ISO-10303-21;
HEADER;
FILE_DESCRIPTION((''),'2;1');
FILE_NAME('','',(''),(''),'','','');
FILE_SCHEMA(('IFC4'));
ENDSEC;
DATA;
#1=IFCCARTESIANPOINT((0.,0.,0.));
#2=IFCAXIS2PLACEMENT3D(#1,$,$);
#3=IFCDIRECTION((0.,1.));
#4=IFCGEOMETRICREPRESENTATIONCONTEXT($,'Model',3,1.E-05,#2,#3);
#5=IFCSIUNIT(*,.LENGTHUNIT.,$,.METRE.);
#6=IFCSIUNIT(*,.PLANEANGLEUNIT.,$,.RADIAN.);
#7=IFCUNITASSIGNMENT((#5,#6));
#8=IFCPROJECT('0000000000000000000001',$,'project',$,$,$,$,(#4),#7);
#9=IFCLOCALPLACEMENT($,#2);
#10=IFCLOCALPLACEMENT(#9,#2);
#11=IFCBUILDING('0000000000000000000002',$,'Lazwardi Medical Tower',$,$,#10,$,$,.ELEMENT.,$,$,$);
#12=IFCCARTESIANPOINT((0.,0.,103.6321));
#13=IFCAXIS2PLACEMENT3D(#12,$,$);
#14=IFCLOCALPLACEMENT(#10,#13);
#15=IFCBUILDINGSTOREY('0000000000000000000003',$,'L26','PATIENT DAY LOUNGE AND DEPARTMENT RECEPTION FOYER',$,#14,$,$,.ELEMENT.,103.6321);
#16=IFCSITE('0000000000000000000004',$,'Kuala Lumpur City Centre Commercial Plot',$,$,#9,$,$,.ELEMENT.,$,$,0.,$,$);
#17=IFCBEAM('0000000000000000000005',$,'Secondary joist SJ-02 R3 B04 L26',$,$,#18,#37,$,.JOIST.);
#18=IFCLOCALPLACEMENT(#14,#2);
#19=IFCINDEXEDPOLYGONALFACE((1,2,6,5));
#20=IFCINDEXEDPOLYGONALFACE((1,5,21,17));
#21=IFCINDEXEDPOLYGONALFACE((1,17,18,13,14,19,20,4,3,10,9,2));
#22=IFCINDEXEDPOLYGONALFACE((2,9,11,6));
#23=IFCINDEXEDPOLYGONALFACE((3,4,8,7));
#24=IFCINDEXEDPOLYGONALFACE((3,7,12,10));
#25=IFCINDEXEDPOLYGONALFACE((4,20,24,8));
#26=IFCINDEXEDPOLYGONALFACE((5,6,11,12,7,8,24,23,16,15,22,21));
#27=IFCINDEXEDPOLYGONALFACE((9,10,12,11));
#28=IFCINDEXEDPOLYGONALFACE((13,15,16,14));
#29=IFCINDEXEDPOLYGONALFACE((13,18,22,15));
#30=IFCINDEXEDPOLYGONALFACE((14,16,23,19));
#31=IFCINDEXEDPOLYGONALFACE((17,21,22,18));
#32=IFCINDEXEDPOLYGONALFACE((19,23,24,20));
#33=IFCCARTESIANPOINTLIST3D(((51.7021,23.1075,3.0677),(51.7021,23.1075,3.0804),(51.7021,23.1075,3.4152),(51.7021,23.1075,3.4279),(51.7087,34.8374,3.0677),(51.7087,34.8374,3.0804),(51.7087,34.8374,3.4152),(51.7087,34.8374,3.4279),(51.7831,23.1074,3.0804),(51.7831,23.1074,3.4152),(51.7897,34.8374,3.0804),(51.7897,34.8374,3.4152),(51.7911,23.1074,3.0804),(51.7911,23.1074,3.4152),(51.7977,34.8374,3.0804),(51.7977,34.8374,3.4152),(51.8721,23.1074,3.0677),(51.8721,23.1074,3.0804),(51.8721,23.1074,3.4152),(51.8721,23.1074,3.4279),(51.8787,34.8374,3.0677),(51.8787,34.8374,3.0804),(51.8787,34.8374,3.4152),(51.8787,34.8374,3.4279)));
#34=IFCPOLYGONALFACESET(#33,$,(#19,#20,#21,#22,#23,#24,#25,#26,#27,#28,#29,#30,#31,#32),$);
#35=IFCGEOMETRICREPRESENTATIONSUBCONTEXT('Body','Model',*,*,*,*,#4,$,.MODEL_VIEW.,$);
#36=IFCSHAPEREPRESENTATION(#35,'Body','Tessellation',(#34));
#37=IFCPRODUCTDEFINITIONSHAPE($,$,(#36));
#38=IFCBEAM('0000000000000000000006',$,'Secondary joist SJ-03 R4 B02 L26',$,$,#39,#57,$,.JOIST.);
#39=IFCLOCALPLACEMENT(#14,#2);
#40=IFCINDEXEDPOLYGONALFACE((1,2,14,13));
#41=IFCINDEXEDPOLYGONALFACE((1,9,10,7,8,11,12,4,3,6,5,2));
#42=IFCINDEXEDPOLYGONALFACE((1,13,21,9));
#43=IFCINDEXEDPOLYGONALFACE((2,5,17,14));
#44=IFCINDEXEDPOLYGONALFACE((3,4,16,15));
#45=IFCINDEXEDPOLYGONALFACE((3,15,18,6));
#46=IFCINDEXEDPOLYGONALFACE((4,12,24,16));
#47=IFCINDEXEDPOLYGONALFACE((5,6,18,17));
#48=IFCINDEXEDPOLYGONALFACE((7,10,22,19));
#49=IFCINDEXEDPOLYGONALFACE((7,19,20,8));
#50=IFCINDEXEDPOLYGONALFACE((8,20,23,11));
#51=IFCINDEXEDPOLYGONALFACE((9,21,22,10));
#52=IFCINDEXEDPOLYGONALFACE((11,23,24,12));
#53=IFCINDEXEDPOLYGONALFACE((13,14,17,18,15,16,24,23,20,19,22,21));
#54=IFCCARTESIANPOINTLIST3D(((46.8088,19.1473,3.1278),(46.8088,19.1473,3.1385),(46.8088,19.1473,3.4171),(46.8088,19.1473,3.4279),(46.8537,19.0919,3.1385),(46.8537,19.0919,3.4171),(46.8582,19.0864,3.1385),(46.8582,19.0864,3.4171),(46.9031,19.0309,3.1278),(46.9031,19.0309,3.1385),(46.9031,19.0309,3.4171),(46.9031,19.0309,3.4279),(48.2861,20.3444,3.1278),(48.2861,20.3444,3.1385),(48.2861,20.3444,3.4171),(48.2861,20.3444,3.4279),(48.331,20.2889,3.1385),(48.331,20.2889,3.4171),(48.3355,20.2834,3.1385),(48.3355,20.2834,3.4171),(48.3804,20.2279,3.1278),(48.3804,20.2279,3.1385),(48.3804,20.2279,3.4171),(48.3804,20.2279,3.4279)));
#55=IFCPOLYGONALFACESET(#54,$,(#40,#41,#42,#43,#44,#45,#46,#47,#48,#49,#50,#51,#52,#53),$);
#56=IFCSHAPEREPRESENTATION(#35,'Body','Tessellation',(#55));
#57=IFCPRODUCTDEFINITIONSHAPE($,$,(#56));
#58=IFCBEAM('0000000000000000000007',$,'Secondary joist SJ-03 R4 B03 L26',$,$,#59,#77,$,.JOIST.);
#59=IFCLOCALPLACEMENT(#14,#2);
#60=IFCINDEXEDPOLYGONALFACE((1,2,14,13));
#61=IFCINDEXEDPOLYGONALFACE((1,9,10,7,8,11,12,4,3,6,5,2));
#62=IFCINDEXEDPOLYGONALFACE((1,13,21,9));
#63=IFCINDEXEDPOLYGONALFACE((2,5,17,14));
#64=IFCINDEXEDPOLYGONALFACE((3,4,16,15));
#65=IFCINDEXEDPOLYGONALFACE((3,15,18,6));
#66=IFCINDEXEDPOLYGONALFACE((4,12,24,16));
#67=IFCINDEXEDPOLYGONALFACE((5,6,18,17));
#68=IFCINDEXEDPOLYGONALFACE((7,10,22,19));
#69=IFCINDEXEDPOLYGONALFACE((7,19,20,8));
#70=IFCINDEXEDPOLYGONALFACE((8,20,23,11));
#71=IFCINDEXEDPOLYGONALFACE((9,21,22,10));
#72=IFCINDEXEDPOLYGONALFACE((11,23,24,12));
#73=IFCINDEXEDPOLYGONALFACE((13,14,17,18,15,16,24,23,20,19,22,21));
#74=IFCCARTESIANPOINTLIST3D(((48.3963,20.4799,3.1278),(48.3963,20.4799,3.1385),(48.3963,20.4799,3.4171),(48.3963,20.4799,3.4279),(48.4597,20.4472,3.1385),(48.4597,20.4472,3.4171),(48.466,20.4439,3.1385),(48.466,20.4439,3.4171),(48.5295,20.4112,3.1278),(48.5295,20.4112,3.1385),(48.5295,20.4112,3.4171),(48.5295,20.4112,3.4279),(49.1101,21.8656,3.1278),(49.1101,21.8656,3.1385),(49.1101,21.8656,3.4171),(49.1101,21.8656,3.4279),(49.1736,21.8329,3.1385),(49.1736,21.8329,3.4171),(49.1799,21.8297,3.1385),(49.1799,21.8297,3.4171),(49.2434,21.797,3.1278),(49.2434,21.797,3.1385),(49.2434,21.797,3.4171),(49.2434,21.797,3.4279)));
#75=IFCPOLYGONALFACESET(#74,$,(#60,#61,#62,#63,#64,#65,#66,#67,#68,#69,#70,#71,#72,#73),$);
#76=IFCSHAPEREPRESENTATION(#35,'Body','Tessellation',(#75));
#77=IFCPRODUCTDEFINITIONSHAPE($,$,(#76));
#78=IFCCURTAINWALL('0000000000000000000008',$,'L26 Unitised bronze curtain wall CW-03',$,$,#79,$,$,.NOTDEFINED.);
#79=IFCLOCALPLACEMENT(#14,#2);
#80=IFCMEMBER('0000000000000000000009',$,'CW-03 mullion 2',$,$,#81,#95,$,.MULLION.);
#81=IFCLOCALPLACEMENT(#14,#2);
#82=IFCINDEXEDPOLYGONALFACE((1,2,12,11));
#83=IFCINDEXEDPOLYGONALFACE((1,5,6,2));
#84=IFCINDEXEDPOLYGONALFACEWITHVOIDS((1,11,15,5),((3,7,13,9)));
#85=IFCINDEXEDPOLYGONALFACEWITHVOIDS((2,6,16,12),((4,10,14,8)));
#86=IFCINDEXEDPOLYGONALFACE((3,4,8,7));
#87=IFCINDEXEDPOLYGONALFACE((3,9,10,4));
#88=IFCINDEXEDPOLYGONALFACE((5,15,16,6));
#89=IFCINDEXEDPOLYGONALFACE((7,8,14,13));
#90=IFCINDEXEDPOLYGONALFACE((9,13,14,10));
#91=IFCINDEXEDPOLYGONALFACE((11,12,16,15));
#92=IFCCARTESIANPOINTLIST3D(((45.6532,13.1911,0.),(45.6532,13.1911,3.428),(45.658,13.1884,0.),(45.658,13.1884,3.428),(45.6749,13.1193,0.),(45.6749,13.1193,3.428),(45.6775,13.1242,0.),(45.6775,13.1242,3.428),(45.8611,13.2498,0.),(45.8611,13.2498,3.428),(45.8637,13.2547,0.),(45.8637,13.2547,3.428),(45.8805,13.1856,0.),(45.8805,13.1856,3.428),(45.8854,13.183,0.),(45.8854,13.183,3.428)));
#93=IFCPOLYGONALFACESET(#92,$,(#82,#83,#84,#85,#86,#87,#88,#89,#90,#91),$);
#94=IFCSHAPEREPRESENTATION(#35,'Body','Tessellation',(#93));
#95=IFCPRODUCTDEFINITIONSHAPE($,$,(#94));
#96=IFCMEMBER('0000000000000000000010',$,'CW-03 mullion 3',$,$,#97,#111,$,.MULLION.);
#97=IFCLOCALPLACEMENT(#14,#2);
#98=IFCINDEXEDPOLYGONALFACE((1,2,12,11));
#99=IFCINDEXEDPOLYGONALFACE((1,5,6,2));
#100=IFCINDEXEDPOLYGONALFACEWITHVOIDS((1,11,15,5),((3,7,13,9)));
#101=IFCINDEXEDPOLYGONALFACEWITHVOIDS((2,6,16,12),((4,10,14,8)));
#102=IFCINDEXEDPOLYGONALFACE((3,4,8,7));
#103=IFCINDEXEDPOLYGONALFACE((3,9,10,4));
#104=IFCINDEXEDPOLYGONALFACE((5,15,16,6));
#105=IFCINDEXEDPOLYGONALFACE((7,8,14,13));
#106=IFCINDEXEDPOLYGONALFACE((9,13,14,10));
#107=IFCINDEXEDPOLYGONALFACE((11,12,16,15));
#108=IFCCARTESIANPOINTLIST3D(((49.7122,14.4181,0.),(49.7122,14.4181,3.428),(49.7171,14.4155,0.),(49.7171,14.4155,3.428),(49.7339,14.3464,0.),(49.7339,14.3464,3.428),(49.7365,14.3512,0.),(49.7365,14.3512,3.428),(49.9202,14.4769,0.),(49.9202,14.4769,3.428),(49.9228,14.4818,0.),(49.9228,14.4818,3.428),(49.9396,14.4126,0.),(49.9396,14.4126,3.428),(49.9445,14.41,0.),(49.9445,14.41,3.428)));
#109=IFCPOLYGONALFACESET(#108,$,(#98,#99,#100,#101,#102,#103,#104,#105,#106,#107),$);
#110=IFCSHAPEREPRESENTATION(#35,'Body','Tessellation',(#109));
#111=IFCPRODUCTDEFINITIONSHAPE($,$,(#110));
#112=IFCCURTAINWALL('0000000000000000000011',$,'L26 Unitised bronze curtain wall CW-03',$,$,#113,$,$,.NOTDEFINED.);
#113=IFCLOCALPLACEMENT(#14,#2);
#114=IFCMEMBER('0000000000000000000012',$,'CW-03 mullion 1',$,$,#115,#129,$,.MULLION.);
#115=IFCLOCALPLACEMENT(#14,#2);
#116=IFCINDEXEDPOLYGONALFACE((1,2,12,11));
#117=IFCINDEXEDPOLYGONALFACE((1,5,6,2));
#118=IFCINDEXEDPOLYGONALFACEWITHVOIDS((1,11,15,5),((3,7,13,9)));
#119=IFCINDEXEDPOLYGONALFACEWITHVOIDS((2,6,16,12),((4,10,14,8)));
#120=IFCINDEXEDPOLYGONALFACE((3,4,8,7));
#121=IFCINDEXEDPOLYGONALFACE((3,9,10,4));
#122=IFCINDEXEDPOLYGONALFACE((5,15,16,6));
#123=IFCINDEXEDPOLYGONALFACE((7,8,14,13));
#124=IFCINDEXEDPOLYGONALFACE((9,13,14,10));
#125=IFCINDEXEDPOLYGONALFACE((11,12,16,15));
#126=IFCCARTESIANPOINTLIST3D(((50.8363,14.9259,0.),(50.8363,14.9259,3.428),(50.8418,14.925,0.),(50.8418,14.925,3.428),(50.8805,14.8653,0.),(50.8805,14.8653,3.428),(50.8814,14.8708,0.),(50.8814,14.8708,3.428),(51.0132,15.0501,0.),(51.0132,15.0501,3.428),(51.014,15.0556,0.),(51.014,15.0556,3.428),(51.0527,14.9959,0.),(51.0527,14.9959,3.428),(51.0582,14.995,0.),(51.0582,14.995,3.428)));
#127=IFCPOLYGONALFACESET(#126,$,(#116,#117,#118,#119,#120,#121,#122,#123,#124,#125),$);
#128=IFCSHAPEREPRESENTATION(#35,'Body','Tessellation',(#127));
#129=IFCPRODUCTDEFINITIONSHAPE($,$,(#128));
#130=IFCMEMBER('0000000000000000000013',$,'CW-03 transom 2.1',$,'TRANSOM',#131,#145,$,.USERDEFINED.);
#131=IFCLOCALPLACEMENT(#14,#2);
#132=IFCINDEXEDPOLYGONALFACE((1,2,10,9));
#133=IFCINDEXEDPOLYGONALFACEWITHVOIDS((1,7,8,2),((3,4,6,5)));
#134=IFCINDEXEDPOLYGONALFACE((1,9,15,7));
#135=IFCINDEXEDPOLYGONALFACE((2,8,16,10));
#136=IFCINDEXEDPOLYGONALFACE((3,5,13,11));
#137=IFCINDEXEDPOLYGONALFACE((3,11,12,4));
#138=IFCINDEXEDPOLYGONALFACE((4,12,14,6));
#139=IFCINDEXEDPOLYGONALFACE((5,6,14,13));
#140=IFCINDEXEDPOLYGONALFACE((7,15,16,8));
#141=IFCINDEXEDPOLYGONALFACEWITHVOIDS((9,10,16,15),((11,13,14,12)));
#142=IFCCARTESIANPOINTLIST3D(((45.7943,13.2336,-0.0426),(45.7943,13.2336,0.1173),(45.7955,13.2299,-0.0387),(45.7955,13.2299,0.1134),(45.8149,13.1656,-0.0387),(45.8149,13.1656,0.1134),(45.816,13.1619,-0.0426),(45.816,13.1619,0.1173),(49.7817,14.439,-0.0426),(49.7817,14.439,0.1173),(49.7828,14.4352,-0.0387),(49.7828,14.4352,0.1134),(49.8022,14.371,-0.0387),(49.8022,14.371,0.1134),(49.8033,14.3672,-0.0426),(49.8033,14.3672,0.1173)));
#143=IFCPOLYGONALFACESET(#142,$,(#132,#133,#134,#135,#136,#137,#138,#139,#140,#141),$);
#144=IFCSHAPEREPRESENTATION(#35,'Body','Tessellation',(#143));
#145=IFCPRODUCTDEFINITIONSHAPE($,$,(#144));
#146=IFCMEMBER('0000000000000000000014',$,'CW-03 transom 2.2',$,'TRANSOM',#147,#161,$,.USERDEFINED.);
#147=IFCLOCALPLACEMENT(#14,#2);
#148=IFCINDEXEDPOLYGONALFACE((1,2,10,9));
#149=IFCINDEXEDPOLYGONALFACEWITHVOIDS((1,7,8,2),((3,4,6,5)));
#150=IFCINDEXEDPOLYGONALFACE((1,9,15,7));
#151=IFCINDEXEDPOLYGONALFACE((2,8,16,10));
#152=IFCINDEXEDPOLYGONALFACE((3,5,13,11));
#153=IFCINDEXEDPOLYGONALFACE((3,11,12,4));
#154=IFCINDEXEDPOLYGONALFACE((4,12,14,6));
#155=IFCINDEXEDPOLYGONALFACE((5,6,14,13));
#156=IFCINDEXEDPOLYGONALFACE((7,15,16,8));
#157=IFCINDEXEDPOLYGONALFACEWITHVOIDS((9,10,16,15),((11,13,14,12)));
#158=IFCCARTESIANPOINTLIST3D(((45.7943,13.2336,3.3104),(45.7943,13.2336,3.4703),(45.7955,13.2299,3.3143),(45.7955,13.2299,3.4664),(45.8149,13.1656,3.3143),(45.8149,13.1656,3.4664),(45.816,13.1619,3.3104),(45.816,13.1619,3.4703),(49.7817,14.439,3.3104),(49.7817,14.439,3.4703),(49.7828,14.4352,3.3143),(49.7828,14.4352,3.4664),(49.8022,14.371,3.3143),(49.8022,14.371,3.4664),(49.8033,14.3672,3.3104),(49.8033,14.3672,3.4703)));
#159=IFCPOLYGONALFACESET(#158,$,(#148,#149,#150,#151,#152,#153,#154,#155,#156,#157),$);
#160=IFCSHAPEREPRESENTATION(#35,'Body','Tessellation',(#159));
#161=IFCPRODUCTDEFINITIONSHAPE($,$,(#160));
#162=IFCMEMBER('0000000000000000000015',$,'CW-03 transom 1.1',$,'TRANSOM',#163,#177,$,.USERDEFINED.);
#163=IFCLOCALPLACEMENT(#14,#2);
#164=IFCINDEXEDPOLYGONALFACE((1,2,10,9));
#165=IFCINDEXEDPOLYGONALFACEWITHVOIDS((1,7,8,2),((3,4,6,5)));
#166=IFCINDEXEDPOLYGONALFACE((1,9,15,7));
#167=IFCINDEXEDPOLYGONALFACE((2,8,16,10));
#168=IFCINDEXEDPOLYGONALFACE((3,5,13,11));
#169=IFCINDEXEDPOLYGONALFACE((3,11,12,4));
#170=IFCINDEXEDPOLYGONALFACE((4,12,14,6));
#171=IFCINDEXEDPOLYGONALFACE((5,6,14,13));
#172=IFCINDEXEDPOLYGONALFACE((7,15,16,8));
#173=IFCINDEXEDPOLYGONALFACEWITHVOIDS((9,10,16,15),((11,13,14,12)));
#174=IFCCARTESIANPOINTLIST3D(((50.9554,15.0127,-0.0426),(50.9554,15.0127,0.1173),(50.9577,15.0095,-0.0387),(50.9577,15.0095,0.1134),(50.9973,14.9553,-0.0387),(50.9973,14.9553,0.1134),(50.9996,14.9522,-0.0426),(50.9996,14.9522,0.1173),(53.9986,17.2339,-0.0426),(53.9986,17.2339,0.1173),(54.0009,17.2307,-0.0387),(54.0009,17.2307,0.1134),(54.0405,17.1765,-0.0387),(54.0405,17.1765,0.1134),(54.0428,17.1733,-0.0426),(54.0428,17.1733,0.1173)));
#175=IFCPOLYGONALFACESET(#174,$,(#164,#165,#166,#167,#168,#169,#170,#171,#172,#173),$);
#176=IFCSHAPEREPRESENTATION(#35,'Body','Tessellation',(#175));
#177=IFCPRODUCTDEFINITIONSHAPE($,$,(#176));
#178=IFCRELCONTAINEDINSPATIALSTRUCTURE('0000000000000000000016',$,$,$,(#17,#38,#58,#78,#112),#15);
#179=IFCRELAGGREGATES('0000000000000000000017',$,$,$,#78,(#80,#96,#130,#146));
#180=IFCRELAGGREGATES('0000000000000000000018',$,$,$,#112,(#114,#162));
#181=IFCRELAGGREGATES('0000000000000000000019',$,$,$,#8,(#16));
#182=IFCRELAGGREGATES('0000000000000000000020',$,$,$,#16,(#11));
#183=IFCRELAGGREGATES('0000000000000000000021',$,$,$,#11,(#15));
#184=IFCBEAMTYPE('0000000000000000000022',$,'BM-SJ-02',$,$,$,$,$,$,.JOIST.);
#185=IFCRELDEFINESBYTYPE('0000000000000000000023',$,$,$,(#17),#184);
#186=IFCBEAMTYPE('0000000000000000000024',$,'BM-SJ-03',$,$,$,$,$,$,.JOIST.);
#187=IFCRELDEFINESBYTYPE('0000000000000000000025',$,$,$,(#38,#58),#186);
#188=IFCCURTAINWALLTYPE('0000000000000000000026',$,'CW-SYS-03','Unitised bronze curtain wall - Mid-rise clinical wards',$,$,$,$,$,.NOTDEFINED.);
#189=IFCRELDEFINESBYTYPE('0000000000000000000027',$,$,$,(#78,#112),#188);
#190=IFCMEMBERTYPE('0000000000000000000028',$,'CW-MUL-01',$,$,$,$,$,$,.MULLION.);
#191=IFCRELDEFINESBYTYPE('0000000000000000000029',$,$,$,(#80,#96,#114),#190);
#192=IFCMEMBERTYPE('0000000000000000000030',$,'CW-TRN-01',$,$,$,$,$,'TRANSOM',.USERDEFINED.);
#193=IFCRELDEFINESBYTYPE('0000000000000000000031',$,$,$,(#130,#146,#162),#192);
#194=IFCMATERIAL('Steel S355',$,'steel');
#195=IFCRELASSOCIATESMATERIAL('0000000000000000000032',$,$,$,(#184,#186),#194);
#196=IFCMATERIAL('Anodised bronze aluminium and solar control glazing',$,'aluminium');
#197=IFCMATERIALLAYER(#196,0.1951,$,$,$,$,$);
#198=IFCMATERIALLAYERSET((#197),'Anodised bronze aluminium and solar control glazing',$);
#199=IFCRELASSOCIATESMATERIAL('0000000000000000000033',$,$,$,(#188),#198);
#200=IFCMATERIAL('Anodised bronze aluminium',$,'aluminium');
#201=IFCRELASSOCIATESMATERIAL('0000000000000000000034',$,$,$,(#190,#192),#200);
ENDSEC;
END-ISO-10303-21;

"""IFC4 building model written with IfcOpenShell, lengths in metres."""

from ifc_helpers import new_model, si_unit, direction, frame, origin, origin_2d, place, context, subcontext, project, spatial, hollow_rectangle, i_section, extrude, material, layer, layer_set, material_profile, profile_set, type_object, element, aggregate, save


model = new_model("IFC4")

# Units and contexts
model_context = context("Model", 3, precision=1e-05, world=origin(), true_north=direction((0.0, 1.0)))
body_context = subcontext(model_context, "Body", "Model", "MODEL_VIEW")
ifc_project = project(units=[si_unit("LENGTHUNIT", "METRE"), si_unit("PLANEANGLEUNIT", "RADIAN")], contexts=[model_context])

# Site, building, storey
site_placement = place(None, origin())
site = spatial("IfcSite", under=ifc_project, at=site_placement, Name="Kuala Lumpur City Centre Commercial Plot", CompositionType="ELEMENT", RefElevation=0.0)
building_placement = place(site_placement, origin())
building = spatial("IfcBuilding", under=site, at=building_placement, Name="Lazwardi Medical Tower", CompositionType="ELEMENT")
storey_placement = place(building_placement, frame((0.0, 0.0, 103.6321)))
storey = spatial("IfcBuildingStorey", under=building, at=storey_placement, Name="L26", Description="PATIENT DAY LOUNGE AND DEPARTMENT RECEPTION FOYER", CompositionType="ELEMENT", Elevation=103.6321)

# Beams
ifc_material_1 = material(Name="Steel S355", Category="steel")
ifc_material_profile_1 = material_profile(ifc_material_1, i_section(OverallWidth=0.1699, OverallDepth=0.3601, WebThickness=0.0081, FlangeThickness=0.0127, at=origin_2d()), Name="IPE 360")
ifc_profile_set_1 = profile_set([ifc_material_profile_1], Name="Steel S355")
beam_type_1 = type_object("IfcBeamType", Name="BM-SJ-02", PredefinedType="JOIST", material=ifc_profile_set_1)
beam_1_placement = place(storey_placement, frame((51.7871, 23.1074, 3.2478), z_axis=(0.000562, 1.0, 0.0), x_axis=(-1.0, 0.000562, 0.0)))
element("IfcBeam", 1, at=beam_1_placement, inside=storey, type_object=beam_type_1, Name="Secondary joist SJ-02 R3 B04 L26", PredefinedType="JOIST", context=body_context, shape_type="SweptSolid", body=[
    extrude(i_section(OverallWidth=0.1699, OverallDepth=0.3601, WebThickness=0.0081, FlangeThickness=0.0127, at=origin_2d()), origin(), (0.0, 0.0, 1.0), 11.73),
])
ifc_material_profile_2 = material_profile(ifc_material_1, i_section(OverallWidth=0.1499, OverallDepth=0.3, WebThickness=0.0071, FlangeThickness=0.0107, at=origin_2d()), Name="IPE 300")
ifc_profile_set_2 = profile_set([ifc_material_profile_2], Name="Steel S355")
beam_type_2 = type_object("IfcBeamType", Name="BM-SJ-03", PredefinedType="JOIST", material=ifc_profile_set_2)
beam_2_placement = place(storey_placement, frame((46.856, 19.0891, 3.2778), z_axis=(0.776958, 0.629553, 0.0), x_axis=(-0.629553, 0.776958, 0.0)))
element("IfcBeam", 2, at=beam_2_placement, inside=storey, type_object=beam_type_2, Name="Secondary joist SJ-03 R4 B02 L26", PredefinedType="JOIST", context=body_context, shape_type="SweptSolid", body=[
    extrude(i_section(OverallWidth=0.1499, OverallDepth=0.3, WebThickness=0.0071, FlangeThickness=0.0107, at=origin_2d()), origin(), (0.0, 0.0, 1.0), 1.9014),
])
beam_3_placement = place(storey_placement, frame((48.4629, 20.4456, 3.2778), z_axis=(0.457957, 0.888975, 0.0), x_axis=(-0.888975, 0.457957, 0.0)))
element("IfcBeam", 3, at=beam_3_placement, inside=storey, type_object=beam_type_2, Name="Secondary joist SJ-03 R4 B03 L26", PredefinedType="JOIST", context=body_context, shape_type="SweptSolid", body=[
    extrude(i_section(OverallWidth=0.1499, OverallDepth=0.3, WebThickness=0.0071, FlangeThickness=0.0107, at=origin_2d()), origin(), (0.0, 0.0, 1.0), 1.5588),
])

# Curtain wall, members
ifc_material_2 = material(Name="Anodised bronze aluminium and solar control glazing", Category="aluminium")
ifc_layer_1 = layer(ifc_material_2, 0.1951)
ifc_layer_set_1 = layer_set([ifc_layer_1], Name="Anodised bronze aluminium and solar control glazing")
curtain_wall_type = type_object("IfcCurtainWallType", Name="CW-SYS-03", Description="Unitised bronze curtain wall - Mid-rise clinical wards", PredefinedType="NOTDEFINED", material=ifc_layer_set_1)
curtain_wall_1_placement = place(storey_placement, origin())
curtain_wall_1 = element("IfcCurtainWall", 4, at=curtain_wall_1_placement, inside=storey, type_object=curtain_wall_type, Name="L26 Unitised bronze curtain wall CW-03", PredefinedType="NOTDEFINED")
ifc_material_3 = material(Name="Anodised bronze aluminium", Category="aluminium")
ifc_material_profile_3 = material_profile(ifc_material_3, hollow_rectangle(XDim=0.075, YDim=0.22, WallThickness=0.0039, at=origin_2d()), Name="ALU-MULLION 220x75x4")
ifc_profile_set_3 = profile_set([ifc_material_profile_3], Name="Anodised bronze aluminium")
member_type_1 = type_object("IfcMemberType", Name="CW-MUL-01", PredefinedType="MULLION", material=ifc_profile_set_3)
member_1_placement = place(storey_placement, frame((45.7693, 13.187, 0.0), z_axis=(0.0, 0.0, 1.0), x_axis=(-0.289374, 0.957216, 0.0)))
member_1 = element("IfcMember", 5, at=member_1_placement, type_object=member_type_1, Name="CW-03 mullion 2", PredefinedType="MULLION", context=body_context, shape_type="SweptSolid", body=[
    extrude(hollow_rectangle(XDim=0.075, YDim=0.22, WallThickness=0.0039, at=origin_2d()), origin(), (0.0, 0.0, 1.0), 3.428),
])
member_2_placement = place(storey_placement, frame((49.8284, 14.4141, 0.0), z_axis=(0.0, 0.0, 1.0), x_axis=(-0.289374, 0.957216, 0.0)))
member_2 = element("IfcMember", 6, at=member_2_placement, type_object=member_type_1, Name="CW-03 mullion 3", PredefinedType="MULLION", context=body_context, shape_type="SweptSolid", body=[
    extrude(hollow_rectangle(XDim=0.075, YDim=0.22, WallThickness=0.0039, at=origin_2d()), origin(), (0.0, 0.0, 1.0), 3.428),
])

# Curtain wall, member
curtain_wall_2_placement = place(storey_placement, origin())
curtain_wall_2 = element("IfcCurtainWall", 7, at=curtain_wall_2_placement, inside=storey, type_object=curtain_wall_type, Name="L26 Unitised bronze curtain wall CW-03", PredefinedType="NOTDEFINED")
member_3_placement = place(storey_placement, frame((50.9473, 14.9604, 0.0), z_axis=(0.0, 0.0, 1.0), x_axis=(-0.589531, 0.807746, 0.0)))
member_3 = element("IfcMember", 8, at=member_3_placement, type_object=member_type_1, Name="CW-03 mullion 1", PredefinedType="MULLION", context=body_context, shape_type="SweptSolid", body=[
    extrude(hollow_rectangle(XDim=0.075, YDim=0.22, WallThickness=0.0039, at=origin_2d()), origin(), (0.0, 0.0, 1.0), 3.428),
])

# Members
ifc_material_profile_4 = material_profile(ifc_material_3, hollow_rectangle(XDim=0.075, YDim=0.1599, WallThickness=0.0039, at=origin_2d()), Name="ALU-TRANSOM 160x75x4")
ifc_profile_set_4 = profile_set([ifc_material_profile_4], Name="Anodised bronze aluminium")
member_type_2 = type_object("IfcMemberType", Name="CW-TRN-01", ElementType="TRANSOM", PredefinedType="USERDEFINED", material=ifc_profile_set_4)
member_4_placement = place(storey_placement, frame((45.8052, 13.1978, 0.0374), z_axis=(0.957221, 0.289358, 0.0), x_axis=(-0.289358, 0.957221, 0.0)))
member_4 = element("IfcMember", 9, at=member_4_placement, type_object=member_type_2, Name="CW-03 transom 2.1", ObjectType="TRANSOM", PredefinedType="USERDEFINED", context=body_context, shape_type="SweptSolid", body=[
    extrude(hollow_rectangle(XDim=0.075, YDim=0.1599, WallThickness=0.0039, at=origin_2d()), origin(), (0.0, 0.0, 1.0), 4.1655),
])
member_5_placement = place(storey_placement, frame((45.8052, 13.1978, 3.3904), z_axis=(0.957221, 0.289358, 0.0), x_axis=(-0.289358, 0.957221, 0.0)))
member_5 = element("IfcMember", 10, at=member_5_placement, type_object=member_type_2, Name="CW-03 transom 2.2", ObjectType="TRANSOM", PredefinedType="USERDEFINED", context=body_context, shape_type="SweptSolid", body=[
    extrude(hollow_rectangle(XDim=0.075, YDim=0.1599, WallThickness=0.0039, at=origin_2d()), origin(), (0.0, 0.0, 1.0), 4.1655),
])
member_6_placement = place(storey_placement, frame((50.9775, 14.9824, 0.0374), z_axis=(0.807732, 0.58955, 0.0), x_axis=(-0.58955, 0.807732, 0.0)))
member_6 = element("IfcMember", 11, at=member_6_placement, type_object=member_type_2, Name="CW-03 transom 1.1", ObjectType="TRANSOM", PredefinedType="USERDEFINED", context=body_context, shape_type="SweptSolid", body=[
    extrude(hollow_rectangle(XDim=0.075, YDim=0.1599, WallThickness=0.0039, at=origin_2d()), origin(), (0.0, 0.0, 1.0), 3.7676),
])

aggregate(curtain_wall_1, [member_1, member_2, member_4, member_5])
aggregate(curtain_wall_2, [member_3, member_6])

save(model, "model.ifc")
